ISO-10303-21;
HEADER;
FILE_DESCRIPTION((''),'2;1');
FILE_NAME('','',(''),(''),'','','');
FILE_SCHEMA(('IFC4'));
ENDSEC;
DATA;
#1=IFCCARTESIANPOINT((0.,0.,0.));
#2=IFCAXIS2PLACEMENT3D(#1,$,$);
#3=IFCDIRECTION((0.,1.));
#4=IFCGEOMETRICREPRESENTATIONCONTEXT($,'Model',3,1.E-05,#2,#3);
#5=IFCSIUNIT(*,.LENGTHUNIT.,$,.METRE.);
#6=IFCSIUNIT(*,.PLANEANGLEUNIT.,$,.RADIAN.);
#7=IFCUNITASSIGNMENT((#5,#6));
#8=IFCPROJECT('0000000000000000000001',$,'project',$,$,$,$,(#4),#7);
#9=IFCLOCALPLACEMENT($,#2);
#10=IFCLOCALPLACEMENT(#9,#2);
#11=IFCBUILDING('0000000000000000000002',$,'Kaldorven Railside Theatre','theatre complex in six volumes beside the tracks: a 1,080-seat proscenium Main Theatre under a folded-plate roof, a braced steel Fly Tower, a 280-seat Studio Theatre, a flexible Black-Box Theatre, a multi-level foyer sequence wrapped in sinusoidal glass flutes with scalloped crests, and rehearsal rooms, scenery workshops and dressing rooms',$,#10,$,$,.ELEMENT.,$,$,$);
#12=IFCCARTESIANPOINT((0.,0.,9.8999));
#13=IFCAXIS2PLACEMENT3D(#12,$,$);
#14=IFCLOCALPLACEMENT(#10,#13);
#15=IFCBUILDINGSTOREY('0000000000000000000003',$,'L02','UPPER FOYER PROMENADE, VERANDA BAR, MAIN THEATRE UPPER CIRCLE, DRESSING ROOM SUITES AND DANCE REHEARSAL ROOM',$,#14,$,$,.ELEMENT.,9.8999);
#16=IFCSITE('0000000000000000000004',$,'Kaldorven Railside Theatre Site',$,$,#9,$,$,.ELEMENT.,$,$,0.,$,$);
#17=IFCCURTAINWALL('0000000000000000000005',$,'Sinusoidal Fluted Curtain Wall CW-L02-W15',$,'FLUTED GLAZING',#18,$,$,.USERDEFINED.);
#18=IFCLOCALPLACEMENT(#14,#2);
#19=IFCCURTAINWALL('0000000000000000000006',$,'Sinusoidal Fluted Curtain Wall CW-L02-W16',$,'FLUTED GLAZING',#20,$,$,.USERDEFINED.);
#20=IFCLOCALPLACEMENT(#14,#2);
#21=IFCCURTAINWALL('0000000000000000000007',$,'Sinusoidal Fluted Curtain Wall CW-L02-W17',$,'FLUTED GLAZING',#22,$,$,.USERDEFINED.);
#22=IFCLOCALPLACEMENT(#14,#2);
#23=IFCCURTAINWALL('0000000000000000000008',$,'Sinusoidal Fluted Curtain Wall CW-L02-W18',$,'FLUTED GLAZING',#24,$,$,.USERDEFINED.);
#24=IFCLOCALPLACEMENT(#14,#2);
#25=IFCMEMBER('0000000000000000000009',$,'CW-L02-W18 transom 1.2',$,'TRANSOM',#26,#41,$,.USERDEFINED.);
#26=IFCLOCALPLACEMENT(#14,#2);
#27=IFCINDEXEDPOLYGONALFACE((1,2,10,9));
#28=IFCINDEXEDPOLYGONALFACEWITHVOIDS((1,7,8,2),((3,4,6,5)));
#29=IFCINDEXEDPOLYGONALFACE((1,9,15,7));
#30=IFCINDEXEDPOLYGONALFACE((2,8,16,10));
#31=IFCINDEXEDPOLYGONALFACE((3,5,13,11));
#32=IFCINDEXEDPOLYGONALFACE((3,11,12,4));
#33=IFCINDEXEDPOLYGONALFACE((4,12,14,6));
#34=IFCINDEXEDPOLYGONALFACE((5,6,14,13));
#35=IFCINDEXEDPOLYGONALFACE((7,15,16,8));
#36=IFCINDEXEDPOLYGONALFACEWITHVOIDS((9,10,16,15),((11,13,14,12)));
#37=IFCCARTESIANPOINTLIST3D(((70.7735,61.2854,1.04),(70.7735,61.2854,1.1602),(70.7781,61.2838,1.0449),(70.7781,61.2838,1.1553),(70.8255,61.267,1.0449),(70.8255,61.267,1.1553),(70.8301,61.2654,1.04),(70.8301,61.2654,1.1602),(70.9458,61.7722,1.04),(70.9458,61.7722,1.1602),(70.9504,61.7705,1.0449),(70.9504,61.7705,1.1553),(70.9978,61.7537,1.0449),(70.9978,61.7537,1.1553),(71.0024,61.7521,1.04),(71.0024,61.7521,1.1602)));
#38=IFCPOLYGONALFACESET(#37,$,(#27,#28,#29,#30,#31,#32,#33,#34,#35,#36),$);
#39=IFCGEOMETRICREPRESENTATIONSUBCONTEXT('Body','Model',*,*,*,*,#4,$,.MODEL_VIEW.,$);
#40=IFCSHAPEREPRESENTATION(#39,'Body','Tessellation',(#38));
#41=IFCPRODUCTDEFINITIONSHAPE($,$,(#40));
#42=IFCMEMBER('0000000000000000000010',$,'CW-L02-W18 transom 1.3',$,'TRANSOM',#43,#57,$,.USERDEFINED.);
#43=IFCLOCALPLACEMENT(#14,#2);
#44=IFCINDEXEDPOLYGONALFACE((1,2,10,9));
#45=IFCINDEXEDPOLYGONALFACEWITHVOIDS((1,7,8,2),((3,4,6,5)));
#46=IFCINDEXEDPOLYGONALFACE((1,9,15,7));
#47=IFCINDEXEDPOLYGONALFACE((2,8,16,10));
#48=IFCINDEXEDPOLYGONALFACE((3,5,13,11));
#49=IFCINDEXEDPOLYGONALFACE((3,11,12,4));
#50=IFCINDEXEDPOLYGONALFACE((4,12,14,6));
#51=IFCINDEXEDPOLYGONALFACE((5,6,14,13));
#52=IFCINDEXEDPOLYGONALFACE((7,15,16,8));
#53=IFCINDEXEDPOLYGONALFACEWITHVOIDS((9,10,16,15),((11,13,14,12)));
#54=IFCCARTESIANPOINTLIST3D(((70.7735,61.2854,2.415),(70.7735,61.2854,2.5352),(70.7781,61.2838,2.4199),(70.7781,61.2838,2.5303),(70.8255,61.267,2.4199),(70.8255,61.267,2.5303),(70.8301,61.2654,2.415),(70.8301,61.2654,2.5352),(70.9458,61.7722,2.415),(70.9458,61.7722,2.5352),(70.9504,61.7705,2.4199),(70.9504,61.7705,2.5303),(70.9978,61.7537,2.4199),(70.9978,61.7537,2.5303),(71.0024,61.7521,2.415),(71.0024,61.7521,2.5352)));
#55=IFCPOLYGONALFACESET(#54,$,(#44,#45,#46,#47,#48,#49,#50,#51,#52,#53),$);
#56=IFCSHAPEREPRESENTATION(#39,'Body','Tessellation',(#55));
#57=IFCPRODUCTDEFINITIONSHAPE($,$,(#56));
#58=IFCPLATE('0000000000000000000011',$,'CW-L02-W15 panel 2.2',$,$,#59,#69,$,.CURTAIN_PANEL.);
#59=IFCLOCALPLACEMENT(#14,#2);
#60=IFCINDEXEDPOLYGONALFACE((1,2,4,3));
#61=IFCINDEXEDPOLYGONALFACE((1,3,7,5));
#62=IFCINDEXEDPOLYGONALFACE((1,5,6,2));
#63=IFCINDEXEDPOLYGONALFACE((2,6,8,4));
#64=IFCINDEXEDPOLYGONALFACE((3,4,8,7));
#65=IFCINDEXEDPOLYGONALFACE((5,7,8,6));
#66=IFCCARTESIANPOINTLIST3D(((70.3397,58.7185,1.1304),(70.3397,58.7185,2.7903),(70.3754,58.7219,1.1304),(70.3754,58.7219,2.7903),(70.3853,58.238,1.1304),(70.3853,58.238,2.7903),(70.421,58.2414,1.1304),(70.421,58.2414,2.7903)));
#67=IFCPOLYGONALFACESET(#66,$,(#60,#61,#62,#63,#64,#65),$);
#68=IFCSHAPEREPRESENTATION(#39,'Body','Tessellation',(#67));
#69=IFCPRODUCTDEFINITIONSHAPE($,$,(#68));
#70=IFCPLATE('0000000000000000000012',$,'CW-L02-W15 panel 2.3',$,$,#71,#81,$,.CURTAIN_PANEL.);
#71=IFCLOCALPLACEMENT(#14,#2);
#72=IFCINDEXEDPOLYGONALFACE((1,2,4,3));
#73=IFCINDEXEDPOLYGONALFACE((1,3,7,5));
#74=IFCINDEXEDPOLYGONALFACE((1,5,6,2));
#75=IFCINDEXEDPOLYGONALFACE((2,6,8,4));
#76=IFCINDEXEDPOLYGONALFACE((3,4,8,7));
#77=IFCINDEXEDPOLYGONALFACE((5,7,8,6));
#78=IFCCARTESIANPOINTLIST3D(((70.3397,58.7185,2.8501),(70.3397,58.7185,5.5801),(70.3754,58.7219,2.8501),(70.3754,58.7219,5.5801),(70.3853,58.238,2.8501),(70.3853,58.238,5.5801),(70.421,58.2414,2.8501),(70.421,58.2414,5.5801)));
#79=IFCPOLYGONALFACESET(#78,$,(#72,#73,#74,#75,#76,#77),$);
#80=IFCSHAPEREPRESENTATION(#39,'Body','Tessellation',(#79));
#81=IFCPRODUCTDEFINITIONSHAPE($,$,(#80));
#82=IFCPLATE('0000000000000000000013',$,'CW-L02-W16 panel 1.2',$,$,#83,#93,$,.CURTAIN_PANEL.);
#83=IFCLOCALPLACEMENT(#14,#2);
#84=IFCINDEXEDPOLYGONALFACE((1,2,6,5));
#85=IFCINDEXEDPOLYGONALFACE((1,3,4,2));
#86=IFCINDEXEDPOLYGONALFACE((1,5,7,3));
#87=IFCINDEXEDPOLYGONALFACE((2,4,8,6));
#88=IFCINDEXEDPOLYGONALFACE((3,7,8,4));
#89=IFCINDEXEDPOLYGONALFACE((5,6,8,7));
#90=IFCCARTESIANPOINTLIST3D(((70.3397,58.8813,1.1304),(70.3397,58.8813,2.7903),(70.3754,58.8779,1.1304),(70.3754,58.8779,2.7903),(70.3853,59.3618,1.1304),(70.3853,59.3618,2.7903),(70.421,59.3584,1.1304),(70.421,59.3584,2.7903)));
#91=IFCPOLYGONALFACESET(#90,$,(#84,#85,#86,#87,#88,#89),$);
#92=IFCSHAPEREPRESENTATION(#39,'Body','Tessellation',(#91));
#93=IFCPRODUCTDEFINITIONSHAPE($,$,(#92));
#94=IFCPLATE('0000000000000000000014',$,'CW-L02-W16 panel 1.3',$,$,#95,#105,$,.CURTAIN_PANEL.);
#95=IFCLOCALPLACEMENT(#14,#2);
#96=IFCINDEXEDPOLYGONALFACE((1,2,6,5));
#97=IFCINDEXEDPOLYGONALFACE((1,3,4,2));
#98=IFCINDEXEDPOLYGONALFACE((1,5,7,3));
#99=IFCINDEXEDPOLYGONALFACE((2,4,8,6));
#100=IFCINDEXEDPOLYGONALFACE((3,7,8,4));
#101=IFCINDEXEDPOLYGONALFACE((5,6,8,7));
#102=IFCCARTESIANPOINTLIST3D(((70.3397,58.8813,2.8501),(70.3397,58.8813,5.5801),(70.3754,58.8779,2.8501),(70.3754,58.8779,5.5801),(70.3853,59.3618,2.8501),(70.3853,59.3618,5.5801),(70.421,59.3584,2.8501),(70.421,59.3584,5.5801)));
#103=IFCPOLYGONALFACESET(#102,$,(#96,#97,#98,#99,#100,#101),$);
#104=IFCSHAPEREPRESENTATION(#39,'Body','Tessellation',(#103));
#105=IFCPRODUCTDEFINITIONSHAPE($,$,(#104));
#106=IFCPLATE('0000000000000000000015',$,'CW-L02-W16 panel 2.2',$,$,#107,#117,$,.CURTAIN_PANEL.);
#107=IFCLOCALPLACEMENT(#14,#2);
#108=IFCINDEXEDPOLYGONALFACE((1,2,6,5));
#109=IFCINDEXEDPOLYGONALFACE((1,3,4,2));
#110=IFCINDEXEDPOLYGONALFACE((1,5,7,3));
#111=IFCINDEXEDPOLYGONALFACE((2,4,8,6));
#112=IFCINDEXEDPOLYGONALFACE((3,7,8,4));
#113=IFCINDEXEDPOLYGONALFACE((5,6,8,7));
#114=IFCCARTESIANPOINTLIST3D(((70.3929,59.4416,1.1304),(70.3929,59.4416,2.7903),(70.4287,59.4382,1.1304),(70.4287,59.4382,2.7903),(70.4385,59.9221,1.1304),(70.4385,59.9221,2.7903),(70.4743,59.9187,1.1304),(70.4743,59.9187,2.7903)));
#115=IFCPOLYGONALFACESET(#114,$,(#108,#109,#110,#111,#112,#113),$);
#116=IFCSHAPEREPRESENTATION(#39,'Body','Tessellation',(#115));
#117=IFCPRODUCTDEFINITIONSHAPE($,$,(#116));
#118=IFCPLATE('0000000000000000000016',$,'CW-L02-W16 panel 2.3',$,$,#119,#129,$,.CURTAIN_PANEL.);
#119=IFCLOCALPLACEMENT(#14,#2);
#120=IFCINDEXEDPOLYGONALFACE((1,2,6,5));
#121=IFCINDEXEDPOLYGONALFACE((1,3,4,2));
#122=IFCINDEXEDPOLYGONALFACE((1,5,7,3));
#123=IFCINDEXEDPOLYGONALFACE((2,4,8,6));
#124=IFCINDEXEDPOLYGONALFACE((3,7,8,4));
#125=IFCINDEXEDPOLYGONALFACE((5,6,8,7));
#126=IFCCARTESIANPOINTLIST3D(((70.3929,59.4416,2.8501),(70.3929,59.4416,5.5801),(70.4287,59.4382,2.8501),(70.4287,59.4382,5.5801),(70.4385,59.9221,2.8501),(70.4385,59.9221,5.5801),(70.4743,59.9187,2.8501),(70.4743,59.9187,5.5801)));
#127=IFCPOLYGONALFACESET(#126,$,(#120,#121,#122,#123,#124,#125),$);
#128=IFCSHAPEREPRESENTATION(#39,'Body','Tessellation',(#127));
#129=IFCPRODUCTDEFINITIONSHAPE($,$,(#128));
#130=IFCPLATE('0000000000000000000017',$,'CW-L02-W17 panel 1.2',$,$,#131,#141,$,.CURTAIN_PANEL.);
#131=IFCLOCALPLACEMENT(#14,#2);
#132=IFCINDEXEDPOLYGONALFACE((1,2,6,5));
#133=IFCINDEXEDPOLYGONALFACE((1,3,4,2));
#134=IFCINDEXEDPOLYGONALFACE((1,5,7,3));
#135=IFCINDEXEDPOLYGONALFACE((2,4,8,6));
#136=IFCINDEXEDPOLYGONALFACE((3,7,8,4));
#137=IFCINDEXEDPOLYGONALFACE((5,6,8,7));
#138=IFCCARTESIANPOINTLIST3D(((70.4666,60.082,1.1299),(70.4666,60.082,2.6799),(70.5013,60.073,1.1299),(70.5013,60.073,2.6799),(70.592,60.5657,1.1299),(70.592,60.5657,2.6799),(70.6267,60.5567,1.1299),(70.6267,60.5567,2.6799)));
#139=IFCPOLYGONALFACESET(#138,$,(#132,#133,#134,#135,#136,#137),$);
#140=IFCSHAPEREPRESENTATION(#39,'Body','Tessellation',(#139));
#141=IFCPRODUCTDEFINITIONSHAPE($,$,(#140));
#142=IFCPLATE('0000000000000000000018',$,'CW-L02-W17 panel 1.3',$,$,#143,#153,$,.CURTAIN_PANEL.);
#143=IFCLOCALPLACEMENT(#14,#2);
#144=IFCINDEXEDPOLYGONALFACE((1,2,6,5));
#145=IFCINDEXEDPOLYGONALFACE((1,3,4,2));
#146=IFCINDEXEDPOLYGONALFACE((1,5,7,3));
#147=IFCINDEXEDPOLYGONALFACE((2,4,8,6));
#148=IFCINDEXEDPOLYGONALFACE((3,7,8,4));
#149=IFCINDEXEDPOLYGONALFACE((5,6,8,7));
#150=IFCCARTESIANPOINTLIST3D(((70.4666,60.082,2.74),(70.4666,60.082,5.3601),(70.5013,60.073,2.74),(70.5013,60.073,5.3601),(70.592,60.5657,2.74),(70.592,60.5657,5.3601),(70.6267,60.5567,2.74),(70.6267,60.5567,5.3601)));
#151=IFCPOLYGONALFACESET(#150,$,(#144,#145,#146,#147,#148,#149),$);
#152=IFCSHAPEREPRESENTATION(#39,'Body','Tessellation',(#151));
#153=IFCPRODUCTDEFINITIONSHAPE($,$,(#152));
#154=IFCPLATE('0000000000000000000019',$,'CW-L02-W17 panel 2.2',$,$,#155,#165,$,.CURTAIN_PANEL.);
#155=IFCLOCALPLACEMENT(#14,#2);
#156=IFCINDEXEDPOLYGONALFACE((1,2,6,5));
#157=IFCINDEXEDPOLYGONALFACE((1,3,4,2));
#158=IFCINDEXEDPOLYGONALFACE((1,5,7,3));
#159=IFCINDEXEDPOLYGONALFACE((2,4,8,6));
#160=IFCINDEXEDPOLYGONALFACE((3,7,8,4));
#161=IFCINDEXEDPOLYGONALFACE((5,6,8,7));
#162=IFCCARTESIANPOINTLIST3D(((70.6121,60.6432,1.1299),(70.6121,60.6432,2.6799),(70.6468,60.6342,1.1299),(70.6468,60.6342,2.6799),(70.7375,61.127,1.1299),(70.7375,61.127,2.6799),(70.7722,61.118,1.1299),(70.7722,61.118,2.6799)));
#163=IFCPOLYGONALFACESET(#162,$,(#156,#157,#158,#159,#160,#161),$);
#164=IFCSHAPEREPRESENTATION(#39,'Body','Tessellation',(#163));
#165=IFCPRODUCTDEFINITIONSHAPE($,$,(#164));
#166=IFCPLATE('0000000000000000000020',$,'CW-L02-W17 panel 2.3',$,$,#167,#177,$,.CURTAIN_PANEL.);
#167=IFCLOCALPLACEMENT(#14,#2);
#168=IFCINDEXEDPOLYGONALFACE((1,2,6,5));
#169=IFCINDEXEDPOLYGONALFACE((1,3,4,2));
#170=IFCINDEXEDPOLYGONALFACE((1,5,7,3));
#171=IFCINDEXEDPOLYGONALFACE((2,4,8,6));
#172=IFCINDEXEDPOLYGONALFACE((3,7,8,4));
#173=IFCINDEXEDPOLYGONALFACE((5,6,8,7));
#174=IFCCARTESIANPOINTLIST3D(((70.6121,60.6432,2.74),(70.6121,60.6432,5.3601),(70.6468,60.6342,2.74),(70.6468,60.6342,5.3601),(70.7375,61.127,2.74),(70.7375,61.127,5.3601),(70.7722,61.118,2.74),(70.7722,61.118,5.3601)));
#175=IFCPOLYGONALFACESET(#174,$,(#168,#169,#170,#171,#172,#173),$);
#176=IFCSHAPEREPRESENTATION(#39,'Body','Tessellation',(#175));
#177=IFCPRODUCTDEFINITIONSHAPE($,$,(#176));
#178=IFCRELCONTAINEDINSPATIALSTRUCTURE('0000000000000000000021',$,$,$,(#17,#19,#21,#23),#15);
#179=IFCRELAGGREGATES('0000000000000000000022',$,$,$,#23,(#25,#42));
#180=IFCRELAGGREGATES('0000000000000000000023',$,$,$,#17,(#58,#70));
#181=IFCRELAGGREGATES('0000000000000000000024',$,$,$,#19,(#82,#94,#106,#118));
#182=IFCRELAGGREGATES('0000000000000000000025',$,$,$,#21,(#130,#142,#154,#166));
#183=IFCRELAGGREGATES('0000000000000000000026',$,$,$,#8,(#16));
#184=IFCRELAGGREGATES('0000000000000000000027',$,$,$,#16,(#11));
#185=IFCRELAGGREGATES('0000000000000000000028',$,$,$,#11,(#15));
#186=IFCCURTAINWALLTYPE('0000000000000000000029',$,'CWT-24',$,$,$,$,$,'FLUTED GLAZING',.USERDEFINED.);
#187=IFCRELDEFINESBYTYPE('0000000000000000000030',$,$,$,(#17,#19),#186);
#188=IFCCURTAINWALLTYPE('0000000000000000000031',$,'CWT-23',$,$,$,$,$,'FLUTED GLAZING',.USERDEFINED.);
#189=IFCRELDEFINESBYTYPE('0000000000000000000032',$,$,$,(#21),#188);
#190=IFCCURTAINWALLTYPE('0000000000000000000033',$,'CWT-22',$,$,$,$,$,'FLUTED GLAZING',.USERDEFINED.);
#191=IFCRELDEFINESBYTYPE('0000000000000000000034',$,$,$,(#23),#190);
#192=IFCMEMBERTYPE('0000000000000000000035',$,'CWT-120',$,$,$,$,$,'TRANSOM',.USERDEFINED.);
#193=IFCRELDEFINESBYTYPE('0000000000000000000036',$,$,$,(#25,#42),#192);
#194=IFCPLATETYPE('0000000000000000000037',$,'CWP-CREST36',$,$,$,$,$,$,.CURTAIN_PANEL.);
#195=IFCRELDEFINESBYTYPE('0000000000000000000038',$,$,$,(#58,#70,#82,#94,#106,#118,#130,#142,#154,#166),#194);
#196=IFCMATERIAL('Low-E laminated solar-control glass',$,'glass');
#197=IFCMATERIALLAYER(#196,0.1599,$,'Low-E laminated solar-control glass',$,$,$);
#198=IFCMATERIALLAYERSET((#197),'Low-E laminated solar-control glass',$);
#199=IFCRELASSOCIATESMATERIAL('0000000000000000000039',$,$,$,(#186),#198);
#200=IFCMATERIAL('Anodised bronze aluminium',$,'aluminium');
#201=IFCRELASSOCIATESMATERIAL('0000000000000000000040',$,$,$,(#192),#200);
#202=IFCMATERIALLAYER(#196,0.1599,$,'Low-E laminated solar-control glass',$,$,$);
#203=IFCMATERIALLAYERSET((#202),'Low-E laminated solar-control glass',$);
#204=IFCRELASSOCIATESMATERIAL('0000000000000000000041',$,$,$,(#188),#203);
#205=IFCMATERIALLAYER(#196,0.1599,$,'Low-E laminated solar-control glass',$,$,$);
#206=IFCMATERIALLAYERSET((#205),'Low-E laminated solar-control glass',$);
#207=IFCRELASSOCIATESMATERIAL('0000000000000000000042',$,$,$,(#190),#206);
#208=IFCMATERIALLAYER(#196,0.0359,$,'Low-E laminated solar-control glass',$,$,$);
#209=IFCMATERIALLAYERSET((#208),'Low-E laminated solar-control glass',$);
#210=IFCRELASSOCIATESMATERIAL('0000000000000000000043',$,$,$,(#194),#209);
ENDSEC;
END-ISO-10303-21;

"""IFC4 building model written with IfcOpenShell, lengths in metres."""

from ifc_helpers import new_model, si_unit, direction, frame, origin, origin_2d, place, context, subcontext, project, spatial, rectangle, hollow_rectangle, extrude, material, layer, layer_set, material_profile, profile_set, type_object, element, aggregate, save


model = new_model("IFC4")

# Units and contexts
model_context = context("Model", 3, precision=1e-05, world=origin(), true_north=direction((0.0, 1.0)))
body_context = subcontext(model_context, "Body", "Model", "MODEL_VIEW")
ifc_project = project(units=[si_unit("LENGTHUNIT", "METRE"), si_unit("PLANEANGLEUNIT", "RADIAN")], contexts=[model_context])

# Site, building, storey
site_placement = place(None, origin())
site = spatial("IfcSite", under=ifc_project, at=site_placement, Name="Kaldorven Railside Theatre Site", CompositionType="ELEMENT", RefElevation=0.0)
building_placement = place(site_placement, origin())
building = spatial("IfcBuilding", under=site, at=building_placement, Name="Kaldorven Railside Theatre", Description="theatre complex in six volumes beside the tracks: a 1,080-seat proscenium Main Theatre under a folded-plate roof, a braced steel Fly Tower, a 280-seat Studio Theatre, a flexible Black-Box Theatre, a multi-level foyer sequence wrapped in sinusoidal glass flutes with scalloped crests, and rehearsal rooms, scenery workshops and dressing rooms", CompositionType="ELEMENT")
storey_placement = place(building_placement, frame((0.0, 0.0, 9.8999)))
storey = spatial("IfcBuildingStorey", under=building, at=storey_placement, Name="L02", Description="UPPER FOYER PROMENADE, VERANDA BAR, MAIN THEATRE UPPER CIRCLE, DRESSING ROOM SUITES AND DANCE REHEARSAL ROOM", CompositionType="ELEMENT", Elevation=9.8999)

# Curtain wall
ifc_material_1 = material(Name="Low-E laminated solar-control glass", Category="glass")
ifc_layer_1 = layer(ifc_material_1, 0.1599, Name="Low-E laminated solar-control glass")
ifc_layer_set_1 = layer_set([ifc_layer_1], Name="Low-E laminated solar-control glass")
curtain_wall_type_1 = type_object("IfcCurtainWallType", Name="CWT-24", ElementType="FLUTED GLAZING", PredefinedType="USERDEFINED", material=ifc_layer_set_1)
curtain_wall_1_placement = place(storey_placement, origin())
curtain_wall_1 = element("IfcCurtainWall", 1, at=curtain_wall_1_placement, inside=storey, type_object=curtain_wall_type_1, Name="Sinusoidal Fluted Curtain Wall CW-L02-W15", ObjectType="FLUTED GLAZING", PredefinedType="USERDEFINED")
ifc_material_2 = material(Name="Anodised bronze aluminium", Category="aluminium")
ifc_material_profile = material_profile(ifc_material_2, hollow_rectangle(XDim=0.0601, YDim=0.1201, WallThickness=0.0049, at=origin_2d()), Name="RHS 120x60x5")
ifc_profile_set = profile_set([ifc_material_profile], Name="Anodised bronze aluminium")
member_type = type_object("IfcMemberType", Name="CWT-120", ElementType="TRANSOM", PredefinedType="USERDEFINED", material=ifc_profile_set)

# Curtain walls, members
curtain_wall_2_placement = place(storey_placement, origin())
curtain_wall_2 = element("IfcCurtainWall", 2, at=curtain_wall_2_placement, inside=storey, type_object=curtain_wall_type_1, Name="Sinusoidal Fluted Curtain Wall CW-L02-W16", ObjectType="FLUTED GLAZING", PredefinedType="USERDEFINED")
ifc_layer_2 = layer(ifc_material_1, 0.1599, Name="Low-E laminated solar-control glass")
ifc_layer_set_2 = layer_set([ifc_layer_2], Name="Low-E laminated solar-control glass")
curtain_wall_type_2 = type_object("IfcCurtainWallType", Name="CWT-23", ElementType="FLUTED GLAZING", PredefinedType="USERDEFINED", material=ifc_layer_set_2)
curtain_wall_3_placement = place(storey_placement, origin())
curtain_wall_3 = element("IfcCurtainWall", 3, at=curtain_wall_3_placement, inside=storey, type_object=curtain_wall_type_2, Name="Sinusoidal Fluted Curtain Wall CW-L02-W17", ObjectType="FLUTED GLAZING", PredefinedType="USERDEFINED")
ifc_layer_3 = layer(ifc_material_1, 0.1599, Name="Low-E laminated solar-control glass")
ifc_layer_set_3 = layer_set([ifc_layer_3], Name="Low-E laminated solar-control glass")
curtain_wall_type_3 = type_object("IfcCurtainWallType", Name="CWT-22", ElementType="FLUTED GLAZING", PredefinedType="USERDEFINED", material=ifc_layer_set_3)
curtain_wall_4_placement = place(storey_placement, origin())
curtain_wall_4 = element("IfcCurtainWall", 4, at=curtain_wall_4_placement, inside=storey, type_object=curtain_wall_type_3, Name="Sinusoidal Fluted Curtain Wall CW-L02-W18", ObjectType="FLUTED GLAZING", PredefinedType="USERDEFINED")
member_1_placement = place(storey_placement, frame((70.8018, 61.2754, 1.1001), z_axis=(0.33376, 0.942658, 0.0), x_axis=(-0.942658, 0.33376, 0.0)))
member_1 = element("IfcMember", 5, at=member_1_placement, type_object=member_type, Name="CW-L02-W18 transom 1.2", ObjectType="TRANSOM", PredefinedType="USERDEFINED", context=body_context, shape_type="SweptSolid", body=[
    extrude(hollow_rectangle(XDim=0.0601, YDim=0.1201, WallThickness=0.0049, at=origin_2d()), origin(), (0.0, 0.0, 1.0), 0.5164),
])
member_2_placement = place(storey_placement, frame((70.8018, 61.2754, 2.4751), z_axis=(0.33376, 0.942658, 0.0), x_axis=(-0.942658, 0.33376, 0.0)))
member_2 = element("IfcMember", 6, at=member_2_placement, type_object=member_type, Name="CW-L02-W18 transom 1.3", ObjectType="TRANSOM", PredefinedType="USERDEFINED", context=body_context, shape_type="SweptSolid", body=[
    extrude(hollow_rectangle(XDim=0.0601, YDim=0.1201, WallThickness=0.0049, at=origin_2d()), origin(), (0.0, 0.0, 1.0), 0.5164),
])
aggregate(curtain_wall_4, [member_1, member_2])

# Plates
ifc_layer_4 = layer(ifc_material_1, 0.0359, Name="Low-E laminated solar-control glass")
ifc_layer_set_4 = layer_set([ifc_layer_4], Name="Low-E laminated solar-control glass")
plate_type = type_object("IfcPlateType", Name="CWP-CREST36", PredefinedType="CURTAIN_PANEL", material=ifc_layer_set_4)
plate_1_placement = place(storey_placement, frame((70.3804, 58.48, 1.1304), z_axis=(0.0, 0.0, 1.0), x_axis=(-0.094492, 0.995526, 0.0)))
plate_1 = element("IfcPlate", 7, at=plate_1_placement, type_object=plate_type, Name="CW-L02-W15 panel 2.2", PredefinedType="CURTAIN_PANEL", context=body_context, shape_type="SweptSolid", body=[
    extrude(rectangle(XDim=0.4827, YDim=0.0359, at=origin_2d()), origin(), (0.0, 0.0, 1.0), 1.6599),
])
plate_2_placement = place(storey_placement, frame((70.3804, 58.48, 2.8501), z_axis=(0.0, 0.0, 1.0), x_axis=(-0.094492, 0.995526, 0.0)))
plate_2 = element("IfcPlate", 8, at=plate_2_placement, type_object=plate_type, Name="CW-L02-W15 panel 2.3", PredefinedType="CURTAIN_PANEL", context=body_context, shape_type="SweptSolid", body=[
    extrude(rectangle(XDim=0.4827, YDim=0.0359, at=origin_2d()), origin(), (0.0, 0.0, 1.0), 2.73),
])
aggregate(curtain_wall_1, [plate_1, plate_2])
plate_3_placement = place(storey_placement, frame((70.3804, 59.1199, 1.1304), z_axis=(0.0, 0.0, 1.0), x_axis=(0.094492, 0.995526, 0.0)))
plate_3 = element("IfcPlate", 9, at=plate_3_placement, type_object=plate_type, Name="CW-L02-W16 panel 1.2", PredefinedType="CURTAIN_PANEL", context=body_context, shape_type="SweptSolid", body=[
    extrude(rectangle(XDim=0.4827, YDim=0.0359, at=origin_2d()), origin(), (0.0, 0.0, 1.0), 1.6599),
])
plate_4_placement = place(storey_placement, frame((70.3804, 59.1199, 2.8501), z_axis=(0.0, 0.0, 1.0), x_axis=(0.094492, 0.995526, 0.0)))
plate_4 = element("IfcPlate", 10, at=plate_4_placement, type_object=plate_type, Name="CW-L02-W16 panel 1.3", PredefinedType="CURTAIN_PANEL", context=body_context, shape_type="SweptSolid", body=[
    extrude(rectangle(XDim=0.4827, YDim=0.0359, at=origin_2d()), origin(), (0.0, 0.0, 1.0), 2.73),
])
plate_5_placement = place(storey_placement, frame((70.4336, 59.6802, 1.1304), z_axis=(0.0, 0.0, 1.0), x_axis=(0.094492, 0.995526, 0.0)))
plate_5 = element("IfcPlate", 11, at=plate_5_placement, type_object=plate_type, Name="CW-L02-W16 panel 2.2", PredefinedType="CURTAIN_PANEL", context=body_context, shape_type="SweptSolid", body=[
    extrude(rectangle(XDim=0.4827, YDim=0.0359, at=origin_2d()), origin(), (0.0, 0.0, 1.0), 1.6599),
])
plate_6_placement = place(storey_placement, frame((70.4336, 59.6802, 2.8501), z_axis=(0.0, 0.0, 1.0), x_axis=(0.094492, 0.995526, 0.0)))
plate_6 = element("IfcPlate", 12, at=plate_6_placement, type_object=plate_type, Name="CW-L02-W16 panel 2.3", PredefinedType="CURTAIN_PANEL", context=body_context, shape_type="SweptSolid", body=[
    extrude(rectangle(XDim=0.4827, YDim=0.0359, at=origin_2d()), origin(), (0.0, 0.0, 1.0), 2.73),
])
aggregate(curtain_wall_2, [plate_3, plate_4, plate_5, plate_6])
plate_7_placement = place(storey_placement, frame((70.5466, 60.3193, 1.1299), z_axis=(0.0, 0.0, 1.0), x_axis=(0.250954, 0.967999, 0.0)))
plate_7 = element("IfcPlate", 13, at=plate_7_placement, type_object=plate_type, Name="CW-L02-W17 panel 1.2", PredefinedType="CURTAIN_PANEL", context=body_context, shape_type="SweptSolid", body=[
    extrude(rectangle(XDim=0.4998, YDim=0.0359, at=origin_2d()), origin(), (0.0, 0.0, 1.0), 1.55),
])
plate_8_placement = place(storey_placement, frame((70.5466, 60.3193, 2.74), z_axis=(0.0, 0.0, 1.0), x_axis=(0.250954, 0.967999, 0.0)))
plate_8 = element("IfcPlate", 14, at=plate_8_placement, type_object=plate_type, Name="CW-L02-W17 panel 1.3", PredefinedType="CURTAIN_PANEL", context=body_context, shape_type="SweptSolid", body=[
    extrude(rectangle(XDim=0.4998, YDim=0.0359, at=origin_2d()), origin(), (0.0, 0.0, 1.0), 2.6201),
])
plate_9_placement = place(storey_placement, frame((70.6921, 60.8806, 1.1299), z_axis=(0.0, 0.0, 1.0), x_axis=(0.250954, 0.967999, 0.0)))
plate_9 = element("IfcPlate", 15, at=plate_9_placement, type_object=plate_type, Name="CW-L02-W17 panel 2.2", PredefinedType="CURTAIN_PANEL", context=body_context, shape_type="SweptSolid", body=[
    extrude(rectangle(XDim=0.4998, YDim=0.0359, at=origin_2d()), origin(), (0.0, 0.0, 1.0), 1.55),
])
plate_10_placement = place(storey_placement, frame((70.6921, 60.8806, 2.74), z_axis=(0.0, 0.0, 1.0), x_axis=(0.250954, 0.967999, 0.0)))
plate_10 = element("IfcPlate", 16, at=plate_10_placement, type_object=plate_type, Name="CW-L02-W17 panel 2.3", PredefinedType="CURTAIN_PANEL", context=body_context, shape_type="SweptSolid", body=[
    extrude(rectangle(XDim=0.4998, YDim=0.0359, at=origin_2d()), origin(), (0.0, 0.0, 1.0), 2.6201),
])
aggregate(curtain_wall_3, [plate_7, plate_8, plate_9, plate_10])

save(model, "model.ifc")
